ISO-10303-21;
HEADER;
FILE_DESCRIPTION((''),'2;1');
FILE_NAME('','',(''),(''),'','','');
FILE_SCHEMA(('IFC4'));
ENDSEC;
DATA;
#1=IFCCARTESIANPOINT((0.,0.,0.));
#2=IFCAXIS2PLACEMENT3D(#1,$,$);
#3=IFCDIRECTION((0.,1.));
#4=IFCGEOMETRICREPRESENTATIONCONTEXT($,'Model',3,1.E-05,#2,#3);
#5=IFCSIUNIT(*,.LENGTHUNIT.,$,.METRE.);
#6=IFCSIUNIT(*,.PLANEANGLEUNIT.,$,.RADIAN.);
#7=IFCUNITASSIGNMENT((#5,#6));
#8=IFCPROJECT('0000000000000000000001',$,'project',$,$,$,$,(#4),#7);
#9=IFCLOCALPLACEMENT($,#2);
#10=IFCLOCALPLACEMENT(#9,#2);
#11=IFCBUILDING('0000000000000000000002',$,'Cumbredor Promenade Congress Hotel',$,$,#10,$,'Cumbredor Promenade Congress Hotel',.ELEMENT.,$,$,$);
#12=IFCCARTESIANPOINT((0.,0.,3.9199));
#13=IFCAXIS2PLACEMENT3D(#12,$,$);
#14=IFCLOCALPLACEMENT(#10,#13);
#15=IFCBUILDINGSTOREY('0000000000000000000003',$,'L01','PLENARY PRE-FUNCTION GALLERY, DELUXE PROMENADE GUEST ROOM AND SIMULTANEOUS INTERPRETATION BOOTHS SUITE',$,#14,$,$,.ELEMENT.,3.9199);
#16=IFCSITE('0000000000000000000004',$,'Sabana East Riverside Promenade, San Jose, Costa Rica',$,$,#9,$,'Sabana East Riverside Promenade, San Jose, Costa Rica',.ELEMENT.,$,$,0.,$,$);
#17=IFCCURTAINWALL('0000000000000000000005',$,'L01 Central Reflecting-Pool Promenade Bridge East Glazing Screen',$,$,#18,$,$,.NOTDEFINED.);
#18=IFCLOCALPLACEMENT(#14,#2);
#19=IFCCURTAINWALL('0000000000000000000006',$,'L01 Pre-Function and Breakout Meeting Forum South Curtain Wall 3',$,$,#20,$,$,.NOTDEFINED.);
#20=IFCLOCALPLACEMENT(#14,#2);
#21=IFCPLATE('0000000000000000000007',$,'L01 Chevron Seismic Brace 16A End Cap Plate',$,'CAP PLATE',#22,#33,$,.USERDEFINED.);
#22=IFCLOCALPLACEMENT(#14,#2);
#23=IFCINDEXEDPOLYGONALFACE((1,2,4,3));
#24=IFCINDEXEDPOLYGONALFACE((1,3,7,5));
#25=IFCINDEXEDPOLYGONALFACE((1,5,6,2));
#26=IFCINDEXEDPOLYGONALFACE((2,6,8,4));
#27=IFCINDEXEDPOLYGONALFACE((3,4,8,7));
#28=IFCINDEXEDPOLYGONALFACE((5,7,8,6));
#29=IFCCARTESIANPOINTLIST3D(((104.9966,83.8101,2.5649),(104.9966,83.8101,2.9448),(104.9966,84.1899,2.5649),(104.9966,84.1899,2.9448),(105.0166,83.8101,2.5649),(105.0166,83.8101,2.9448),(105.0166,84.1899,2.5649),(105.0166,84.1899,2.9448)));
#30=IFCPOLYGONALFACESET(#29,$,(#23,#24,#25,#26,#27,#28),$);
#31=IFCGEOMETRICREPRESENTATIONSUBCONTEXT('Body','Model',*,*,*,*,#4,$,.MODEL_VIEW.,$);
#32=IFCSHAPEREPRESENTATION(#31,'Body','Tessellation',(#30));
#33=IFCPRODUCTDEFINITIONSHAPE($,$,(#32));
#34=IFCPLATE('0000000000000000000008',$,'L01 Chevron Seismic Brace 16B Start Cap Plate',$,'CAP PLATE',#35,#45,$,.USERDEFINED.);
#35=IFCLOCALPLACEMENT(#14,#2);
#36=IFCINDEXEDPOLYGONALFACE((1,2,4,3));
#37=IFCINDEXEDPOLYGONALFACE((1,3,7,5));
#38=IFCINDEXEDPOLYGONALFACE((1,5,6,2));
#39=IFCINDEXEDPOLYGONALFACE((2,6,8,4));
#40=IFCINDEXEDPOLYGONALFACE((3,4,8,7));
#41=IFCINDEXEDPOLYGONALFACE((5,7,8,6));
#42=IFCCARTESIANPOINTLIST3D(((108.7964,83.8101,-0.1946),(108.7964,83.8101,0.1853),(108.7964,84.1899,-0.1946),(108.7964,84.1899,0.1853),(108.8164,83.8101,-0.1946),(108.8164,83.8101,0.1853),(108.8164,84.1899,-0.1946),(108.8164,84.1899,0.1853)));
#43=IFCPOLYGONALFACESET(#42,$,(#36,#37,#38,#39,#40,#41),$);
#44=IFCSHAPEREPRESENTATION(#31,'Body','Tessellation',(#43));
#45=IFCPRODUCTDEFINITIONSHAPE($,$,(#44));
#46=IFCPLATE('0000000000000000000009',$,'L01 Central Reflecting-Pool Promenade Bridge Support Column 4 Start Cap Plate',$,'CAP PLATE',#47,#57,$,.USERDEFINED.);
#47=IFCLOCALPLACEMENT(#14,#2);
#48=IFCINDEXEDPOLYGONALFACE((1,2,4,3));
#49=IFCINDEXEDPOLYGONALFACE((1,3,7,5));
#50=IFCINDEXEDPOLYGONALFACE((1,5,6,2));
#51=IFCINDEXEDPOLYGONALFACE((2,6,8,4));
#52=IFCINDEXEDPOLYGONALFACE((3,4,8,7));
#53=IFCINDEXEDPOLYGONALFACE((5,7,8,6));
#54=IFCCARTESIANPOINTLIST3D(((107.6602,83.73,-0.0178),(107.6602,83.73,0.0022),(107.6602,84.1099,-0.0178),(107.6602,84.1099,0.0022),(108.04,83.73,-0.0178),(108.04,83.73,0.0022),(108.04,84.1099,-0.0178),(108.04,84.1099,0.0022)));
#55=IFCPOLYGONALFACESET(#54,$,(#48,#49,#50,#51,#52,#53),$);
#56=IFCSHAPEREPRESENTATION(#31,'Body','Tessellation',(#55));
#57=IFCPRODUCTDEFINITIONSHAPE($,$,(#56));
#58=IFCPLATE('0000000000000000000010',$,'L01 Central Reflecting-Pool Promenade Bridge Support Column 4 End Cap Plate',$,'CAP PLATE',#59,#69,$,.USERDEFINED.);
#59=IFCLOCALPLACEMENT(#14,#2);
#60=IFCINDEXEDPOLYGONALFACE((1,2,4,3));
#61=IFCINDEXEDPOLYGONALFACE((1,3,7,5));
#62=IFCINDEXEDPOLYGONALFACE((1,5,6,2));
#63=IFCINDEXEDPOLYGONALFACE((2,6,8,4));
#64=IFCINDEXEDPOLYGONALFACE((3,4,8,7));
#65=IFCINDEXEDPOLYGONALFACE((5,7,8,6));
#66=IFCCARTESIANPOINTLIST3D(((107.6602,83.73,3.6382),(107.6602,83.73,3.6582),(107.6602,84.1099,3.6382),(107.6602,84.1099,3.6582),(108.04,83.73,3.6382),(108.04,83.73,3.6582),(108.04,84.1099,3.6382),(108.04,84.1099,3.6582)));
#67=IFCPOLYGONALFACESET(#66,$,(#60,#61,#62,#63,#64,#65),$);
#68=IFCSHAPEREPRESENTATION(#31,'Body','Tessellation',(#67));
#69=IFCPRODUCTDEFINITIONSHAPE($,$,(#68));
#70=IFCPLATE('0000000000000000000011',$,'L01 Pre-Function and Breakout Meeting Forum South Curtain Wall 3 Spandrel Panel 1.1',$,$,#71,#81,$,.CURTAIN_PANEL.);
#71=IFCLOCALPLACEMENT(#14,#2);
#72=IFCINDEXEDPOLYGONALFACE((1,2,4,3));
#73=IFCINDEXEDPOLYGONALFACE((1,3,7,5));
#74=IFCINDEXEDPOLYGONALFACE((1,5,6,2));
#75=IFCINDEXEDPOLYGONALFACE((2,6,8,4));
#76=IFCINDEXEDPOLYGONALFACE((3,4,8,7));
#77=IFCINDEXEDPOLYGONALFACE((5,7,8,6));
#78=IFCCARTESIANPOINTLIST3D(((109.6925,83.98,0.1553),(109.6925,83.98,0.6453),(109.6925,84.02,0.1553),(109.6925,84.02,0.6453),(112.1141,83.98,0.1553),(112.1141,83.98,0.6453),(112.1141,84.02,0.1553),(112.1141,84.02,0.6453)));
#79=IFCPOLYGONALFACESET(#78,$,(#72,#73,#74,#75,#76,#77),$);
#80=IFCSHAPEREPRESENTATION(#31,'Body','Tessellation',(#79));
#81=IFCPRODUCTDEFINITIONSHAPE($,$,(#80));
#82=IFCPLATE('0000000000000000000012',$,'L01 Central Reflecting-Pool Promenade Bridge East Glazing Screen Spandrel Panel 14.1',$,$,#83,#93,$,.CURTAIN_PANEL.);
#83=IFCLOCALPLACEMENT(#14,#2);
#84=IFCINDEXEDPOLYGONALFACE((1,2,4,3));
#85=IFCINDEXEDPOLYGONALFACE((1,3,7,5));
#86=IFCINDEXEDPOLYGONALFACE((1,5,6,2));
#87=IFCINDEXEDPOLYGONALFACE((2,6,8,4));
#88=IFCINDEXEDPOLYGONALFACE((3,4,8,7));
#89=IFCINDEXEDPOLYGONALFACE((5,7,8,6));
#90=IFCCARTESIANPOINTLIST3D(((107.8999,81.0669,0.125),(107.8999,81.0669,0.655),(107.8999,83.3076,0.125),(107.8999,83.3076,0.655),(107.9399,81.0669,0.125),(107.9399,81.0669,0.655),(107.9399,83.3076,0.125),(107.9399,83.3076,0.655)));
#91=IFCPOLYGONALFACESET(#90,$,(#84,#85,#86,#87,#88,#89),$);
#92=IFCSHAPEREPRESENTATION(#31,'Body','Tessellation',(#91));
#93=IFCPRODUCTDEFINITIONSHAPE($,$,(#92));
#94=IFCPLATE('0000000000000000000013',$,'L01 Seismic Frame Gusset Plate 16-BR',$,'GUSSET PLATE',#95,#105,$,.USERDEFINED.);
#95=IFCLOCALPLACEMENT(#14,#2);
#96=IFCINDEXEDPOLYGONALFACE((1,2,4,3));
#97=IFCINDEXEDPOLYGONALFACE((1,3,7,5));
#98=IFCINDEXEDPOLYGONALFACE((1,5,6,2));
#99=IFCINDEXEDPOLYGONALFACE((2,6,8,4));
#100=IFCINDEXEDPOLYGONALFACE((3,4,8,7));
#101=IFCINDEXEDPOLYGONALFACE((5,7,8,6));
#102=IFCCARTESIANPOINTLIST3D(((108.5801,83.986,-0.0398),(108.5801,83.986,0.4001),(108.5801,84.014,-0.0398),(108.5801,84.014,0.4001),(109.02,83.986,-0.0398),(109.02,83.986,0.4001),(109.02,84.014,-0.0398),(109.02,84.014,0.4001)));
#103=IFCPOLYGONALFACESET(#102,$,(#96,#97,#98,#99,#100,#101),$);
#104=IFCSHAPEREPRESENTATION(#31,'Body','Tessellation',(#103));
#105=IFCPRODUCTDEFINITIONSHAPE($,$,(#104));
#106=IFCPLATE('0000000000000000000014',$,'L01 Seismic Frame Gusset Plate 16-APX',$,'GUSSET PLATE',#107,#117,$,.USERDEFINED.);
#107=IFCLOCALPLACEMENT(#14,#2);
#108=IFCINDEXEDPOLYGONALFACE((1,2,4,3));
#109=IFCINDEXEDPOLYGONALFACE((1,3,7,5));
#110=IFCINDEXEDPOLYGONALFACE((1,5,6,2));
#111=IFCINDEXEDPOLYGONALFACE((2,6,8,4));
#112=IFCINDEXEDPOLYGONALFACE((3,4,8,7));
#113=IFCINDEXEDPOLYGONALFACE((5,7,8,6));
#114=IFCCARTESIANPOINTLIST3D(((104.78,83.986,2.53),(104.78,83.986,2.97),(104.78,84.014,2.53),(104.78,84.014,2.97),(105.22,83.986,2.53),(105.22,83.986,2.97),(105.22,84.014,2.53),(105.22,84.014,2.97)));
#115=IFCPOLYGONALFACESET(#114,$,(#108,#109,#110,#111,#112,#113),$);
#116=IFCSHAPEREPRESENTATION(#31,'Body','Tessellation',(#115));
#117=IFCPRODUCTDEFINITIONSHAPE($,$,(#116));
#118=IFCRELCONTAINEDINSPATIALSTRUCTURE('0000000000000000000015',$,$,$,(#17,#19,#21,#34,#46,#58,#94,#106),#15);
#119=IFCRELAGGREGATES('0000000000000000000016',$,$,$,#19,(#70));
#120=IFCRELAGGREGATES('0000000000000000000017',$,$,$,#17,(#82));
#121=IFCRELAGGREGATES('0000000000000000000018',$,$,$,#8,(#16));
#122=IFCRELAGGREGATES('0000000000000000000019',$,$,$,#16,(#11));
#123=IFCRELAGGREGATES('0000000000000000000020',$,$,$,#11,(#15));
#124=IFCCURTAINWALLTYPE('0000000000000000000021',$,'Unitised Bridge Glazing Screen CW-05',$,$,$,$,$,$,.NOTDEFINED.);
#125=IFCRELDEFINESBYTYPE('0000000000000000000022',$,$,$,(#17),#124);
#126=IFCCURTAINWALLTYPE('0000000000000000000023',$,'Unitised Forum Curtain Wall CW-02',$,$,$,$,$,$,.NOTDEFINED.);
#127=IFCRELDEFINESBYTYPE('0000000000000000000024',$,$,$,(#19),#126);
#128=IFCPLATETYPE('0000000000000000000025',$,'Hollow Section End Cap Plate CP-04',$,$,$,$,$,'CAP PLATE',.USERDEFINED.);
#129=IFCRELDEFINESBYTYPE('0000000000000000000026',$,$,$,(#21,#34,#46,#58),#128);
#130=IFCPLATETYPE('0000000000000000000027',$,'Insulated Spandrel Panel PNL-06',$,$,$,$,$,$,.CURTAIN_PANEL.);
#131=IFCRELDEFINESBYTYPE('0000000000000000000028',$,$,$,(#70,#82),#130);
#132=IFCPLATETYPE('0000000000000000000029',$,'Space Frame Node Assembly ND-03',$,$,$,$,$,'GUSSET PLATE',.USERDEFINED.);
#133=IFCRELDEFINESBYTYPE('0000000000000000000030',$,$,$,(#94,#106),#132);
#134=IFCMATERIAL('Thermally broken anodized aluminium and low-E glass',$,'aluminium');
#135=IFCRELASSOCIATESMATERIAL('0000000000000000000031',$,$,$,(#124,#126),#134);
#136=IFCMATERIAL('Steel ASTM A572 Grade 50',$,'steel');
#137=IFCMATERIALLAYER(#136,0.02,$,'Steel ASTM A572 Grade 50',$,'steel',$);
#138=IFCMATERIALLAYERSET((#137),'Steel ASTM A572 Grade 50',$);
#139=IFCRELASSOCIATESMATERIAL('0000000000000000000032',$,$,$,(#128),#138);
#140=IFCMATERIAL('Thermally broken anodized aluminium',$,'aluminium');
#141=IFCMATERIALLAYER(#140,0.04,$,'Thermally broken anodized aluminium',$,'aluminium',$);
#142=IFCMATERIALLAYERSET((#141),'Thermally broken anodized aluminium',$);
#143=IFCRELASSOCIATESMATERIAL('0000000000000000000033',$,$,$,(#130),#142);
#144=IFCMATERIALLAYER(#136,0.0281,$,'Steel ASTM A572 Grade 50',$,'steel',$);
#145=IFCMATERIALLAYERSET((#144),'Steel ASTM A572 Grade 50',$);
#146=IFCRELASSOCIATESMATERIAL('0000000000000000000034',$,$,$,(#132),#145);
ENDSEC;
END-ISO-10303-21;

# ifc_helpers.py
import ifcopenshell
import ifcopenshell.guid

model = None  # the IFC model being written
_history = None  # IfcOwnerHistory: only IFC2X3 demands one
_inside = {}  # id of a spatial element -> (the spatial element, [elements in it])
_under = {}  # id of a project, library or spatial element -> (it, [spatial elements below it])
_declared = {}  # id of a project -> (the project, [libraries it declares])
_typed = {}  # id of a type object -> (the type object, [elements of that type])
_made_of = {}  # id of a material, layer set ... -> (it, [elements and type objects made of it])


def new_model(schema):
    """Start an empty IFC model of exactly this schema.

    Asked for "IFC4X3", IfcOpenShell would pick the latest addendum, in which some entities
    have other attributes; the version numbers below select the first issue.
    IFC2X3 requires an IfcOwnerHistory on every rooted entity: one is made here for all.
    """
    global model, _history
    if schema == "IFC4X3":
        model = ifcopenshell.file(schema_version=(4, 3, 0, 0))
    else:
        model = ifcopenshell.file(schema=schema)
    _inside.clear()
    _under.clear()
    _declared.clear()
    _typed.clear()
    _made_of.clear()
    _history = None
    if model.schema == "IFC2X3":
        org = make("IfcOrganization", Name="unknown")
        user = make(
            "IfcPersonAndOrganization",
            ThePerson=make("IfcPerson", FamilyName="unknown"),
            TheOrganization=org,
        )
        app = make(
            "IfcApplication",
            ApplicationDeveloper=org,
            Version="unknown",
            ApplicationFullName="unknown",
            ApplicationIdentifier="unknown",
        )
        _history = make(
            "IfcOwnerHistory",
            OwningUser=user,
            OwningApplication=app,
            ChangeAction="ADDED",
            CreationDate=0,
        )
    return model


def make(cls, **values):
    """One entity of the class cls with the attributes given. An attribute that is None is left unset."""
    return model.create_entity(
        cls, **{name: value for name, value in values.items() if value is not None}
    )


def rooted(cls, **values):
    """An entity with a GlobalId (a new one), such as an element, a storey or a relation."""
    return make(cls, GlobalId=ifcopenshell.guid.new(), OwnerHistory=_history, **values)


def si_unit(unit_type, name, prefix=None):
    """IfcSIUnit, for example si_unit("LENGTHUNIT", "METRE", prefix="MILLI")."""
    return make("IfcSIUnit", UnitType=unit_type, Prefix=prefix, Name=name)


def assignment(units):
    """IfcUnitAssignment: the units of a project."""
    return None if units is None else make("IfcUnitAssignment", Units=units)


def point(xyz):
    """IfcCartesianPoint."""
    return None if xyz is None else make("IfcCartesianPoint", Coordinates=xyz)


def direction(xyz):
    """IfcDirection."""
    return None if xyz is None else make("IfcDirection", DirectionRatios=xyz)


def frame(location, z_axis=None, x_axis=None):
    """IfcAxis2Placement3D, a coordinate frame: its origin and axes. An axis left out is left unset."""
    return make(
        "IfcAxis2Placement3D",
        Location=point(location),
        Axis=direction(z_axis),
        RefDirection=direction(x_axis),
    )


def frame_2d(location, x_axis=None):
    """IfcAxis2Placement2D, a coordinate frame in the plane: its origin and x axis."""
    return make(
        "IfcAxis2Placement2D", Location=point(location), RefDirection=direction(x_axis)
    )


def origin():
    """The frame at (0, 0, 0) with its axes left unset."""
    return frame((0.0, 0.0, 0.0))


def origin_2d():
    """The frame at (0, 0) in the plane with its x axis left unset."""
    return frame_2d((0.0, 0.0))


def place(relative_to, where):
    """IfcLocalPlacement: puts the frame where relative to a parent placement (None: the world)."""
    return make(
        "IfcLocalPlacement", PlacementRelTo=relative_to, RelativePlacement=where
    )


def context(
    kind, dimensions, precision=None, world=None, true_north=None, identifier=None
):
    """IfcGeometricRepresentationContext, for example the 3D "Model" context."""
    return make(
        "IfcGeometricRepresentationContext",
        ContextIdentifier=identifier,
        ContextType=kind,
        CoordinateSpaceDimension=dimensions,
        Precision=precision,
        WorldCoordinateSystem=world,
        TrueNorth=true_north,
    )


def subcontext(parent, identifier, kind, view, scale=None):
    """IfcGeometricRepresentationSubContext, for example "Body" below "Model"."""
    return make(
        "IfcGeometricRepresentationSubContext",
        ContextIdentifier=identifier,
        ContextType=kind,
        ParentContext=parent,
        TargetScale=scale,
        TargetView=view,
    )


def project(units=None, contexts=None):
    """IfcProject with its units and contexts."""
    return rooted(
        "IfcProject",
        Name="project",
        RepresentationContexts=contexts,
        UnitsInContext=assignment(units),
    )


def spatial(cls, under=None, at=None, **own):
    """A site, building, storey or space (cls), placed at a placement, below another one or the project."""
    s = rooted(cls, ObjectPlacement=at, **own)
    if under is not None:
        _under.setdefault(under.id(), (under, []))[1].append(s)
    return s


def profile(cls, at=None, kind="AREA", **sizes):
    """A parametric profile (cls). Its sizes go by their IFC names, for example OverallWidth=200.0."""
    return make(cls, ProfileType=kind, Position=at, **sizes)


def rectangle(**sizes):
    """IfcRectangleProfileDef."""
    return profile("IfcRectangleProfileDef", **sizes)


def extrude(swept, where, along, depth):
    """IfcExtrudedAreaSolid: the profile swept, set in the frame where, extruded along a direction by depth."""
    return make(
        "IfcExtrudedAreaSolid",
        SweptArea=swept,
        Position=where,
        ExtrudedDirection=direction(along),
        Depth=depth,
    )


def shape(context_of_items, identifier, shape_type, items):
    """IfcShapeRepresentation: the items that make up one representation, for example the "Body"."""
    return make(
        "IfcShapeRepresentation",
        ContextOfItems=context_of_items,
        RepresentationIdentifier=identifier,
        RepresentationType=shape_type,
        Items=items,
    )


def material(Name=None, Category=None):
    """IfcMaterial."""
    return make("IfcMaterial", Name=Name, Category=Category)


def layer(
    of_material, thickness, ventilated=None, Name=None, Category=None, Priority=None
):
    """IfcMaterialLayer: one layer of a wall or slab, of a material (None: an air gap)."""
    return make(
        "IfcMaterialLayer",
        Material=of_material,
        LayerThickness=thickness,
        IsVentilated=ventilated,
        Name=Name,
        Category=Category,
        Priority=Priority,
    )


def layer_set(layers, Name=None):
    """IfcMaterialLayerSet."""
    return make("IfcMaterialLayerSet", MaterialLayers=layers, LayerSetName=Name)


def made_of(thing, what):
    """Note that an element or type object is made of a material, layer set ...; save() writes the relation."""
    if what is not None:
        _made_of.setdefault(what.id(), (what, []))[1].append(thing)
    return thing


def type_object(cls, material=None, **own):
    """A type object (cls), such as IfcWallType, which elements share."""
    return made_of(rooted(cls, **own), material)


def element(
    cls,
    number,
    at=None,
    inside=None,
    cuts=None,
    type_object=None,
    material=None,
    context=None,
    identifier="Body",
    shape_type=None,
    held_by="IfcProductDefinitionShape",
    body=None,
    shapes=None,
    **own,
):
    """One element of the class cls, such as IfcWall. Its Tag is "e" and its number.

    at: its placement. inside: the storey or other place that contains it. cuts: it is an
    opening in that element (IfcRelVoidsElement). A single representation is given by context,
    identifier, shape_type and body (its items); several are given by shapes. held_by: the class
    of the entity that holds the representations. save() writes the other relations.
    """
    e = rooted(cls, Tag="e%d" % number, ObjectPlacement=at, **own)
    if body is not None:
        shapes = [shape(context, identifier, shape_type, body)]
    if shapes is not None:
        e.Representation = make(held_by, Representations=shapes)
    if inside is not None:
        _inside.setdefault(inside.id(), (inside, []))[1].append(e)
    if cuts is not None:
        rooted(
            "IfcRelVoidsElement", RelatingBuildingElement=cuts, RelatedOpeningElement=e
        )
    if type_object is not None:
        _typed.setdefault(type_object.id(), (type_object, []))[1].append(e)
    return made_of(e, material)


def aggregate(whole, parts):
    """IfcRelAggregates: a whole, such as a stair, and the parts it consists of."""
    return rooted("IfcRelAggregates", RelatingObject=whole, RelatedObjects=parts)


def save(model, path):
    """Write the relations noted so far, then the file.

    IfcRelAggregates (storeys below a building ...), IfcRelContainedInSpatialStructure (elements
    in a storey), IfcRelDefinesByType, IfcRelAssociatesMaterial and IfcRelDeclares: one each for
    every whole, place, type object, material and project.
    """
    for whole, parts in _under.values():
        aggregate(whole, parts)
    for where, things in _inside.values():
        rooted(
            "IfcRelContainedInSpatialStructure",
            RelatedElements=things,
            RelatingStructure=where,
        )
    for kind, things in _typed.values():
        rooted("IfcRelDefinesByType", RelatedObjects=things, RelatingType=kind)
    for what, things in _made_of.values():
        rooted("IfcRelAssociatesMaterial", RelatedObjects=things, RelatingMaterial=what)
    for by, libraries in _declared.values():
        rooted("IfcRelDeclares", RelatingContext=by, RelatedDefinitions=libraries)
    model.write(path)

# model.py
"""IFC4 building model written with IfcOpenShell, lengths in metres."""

from ifc_helpers import new_model, si_unit, direction, frame, origin, origin_2d, place, context, subcontext, project, spatial, rectangle, extrude, material, layer, layer_set, type_object, element, aggregate, save


model = new_model("IFC4")

# Units and contexts
model_context = context("Model", 3, precision=1e-05, world=origin(), true_north=direction((0.0, 1.0)))
body_context = subcontext(model_context, "Body", "Model", "MODEL_VIEW")
ifc_project = project(units=[si_unit("LENGTHUNIT", "METRE"), si_unit("PLANEANGLEUNIT", "RADIAN")], contexts=[model_context])

# Site, building, storey
site_placement = place(None, origin())
site = spatial("IfcSite", under=ifc_project, at=site_placement, Name="Sabana East Riverside Promenade, San Jose, Costa Rica", LongName="Sabana East Riverside Promenade, San Jose, Costa Rica", CompositionType="ELEMENT", RefElevation=0.0)
building_placement = place(site_placement, origin())
building = spatial("IfcBuilding", under=site, at=building_placement, Name="Cumbredor Promenade Congress Hotel", LongName="Cumbredor Promenade Congress Hotel", CompositionType="ELEMENT")
storey_placement = place(building_placement, frame((0.0, 0.0, 3.9199)))
storey = spatial("IfcBuildingStorey", under=building, at=storey_placement, Name="L01", Description="PLENARY PRE-FUNCTION GALLERY, DELUXE PROMENADE GUEST ROOM AND SIMULTANEOUS INTERPRETATION BOOTHS SUITE", CompositionType="ELEMENT", Elevation=3.9199)

# Curtain walls
ifc_material_1 = material(Name="Thermally broken anodized aluminium and low-E glass", Category="aluminium")
curtain_wall_type_1 = type_object("IfcCurtainWallType", Name="Unitised Bridge Glazing Screen CW-05", PredefinedType="NOTDEFINED", material=ifc_material_1)
curtain_wall_1_placement = place(storey_placement, origin())
curtain_wall_1 = element("IfcCurtainWall", 1, at=curtain_wall_1_placement, inside=storey, type_object=curtain_wall_type_1, Name="L01 Central Reflecting-Pool Promenade Bridge East Glazing Screen", PredefinedType="NOTDEFINED")
ifc_material_2 = material(Name="Thermally broken anodized aluminium", Category="aluminium")
curtain_wall_type_2 = type_object("IfcCurtainWallType", Name="Unitised Forum Curtain Wall CW-02", PredefinedType="NOTDEFINED", material=ifc_material_1)
curtain_wall_2_placement = place(storey_placement, origin())
curtain_wall_2 = element("IfcCurtainWall", 2, at=curtain_wall_2_placement, inside=storey, type_object=curtain_wall_type_2, Name="L01 Pre-Function and Breakout Meeting Forum South Curtain Wall 3", PredefinedType="NOTDEFINED")

# Plates
ifc_material_3 = material(Name="Steel ASTM A572 Grade 50", Category="steel")
ifc_layer_1 = layer(ifc_material_3, 0.02, Name="Steel ASTM A572 Grade 50", Category="steel")
ifc_layer_set_1 = layer_set([ifc_layer_1], Name="Steel ASTM A572 Grade 50")
plate_type_1 = type_object("IfcPlateType", Name="Hollow Section End Cap Plate CP-04", ElementType="CAP PLATE", PredefinedType="USERDEFINED", material=ifc_layer_set_1)
for number, where, z_axis, x_axis, name in (
    (3, (105.0066, 84.0, 2.5649), (0.0, 0.0, 1.0), (1.0, 0.0, 0.0), "L01 Chevron Seismic Brace 16A End Cap Plate"),
    (4, (108.8064, 84.0, -0.1946), (0.0, 0.0, 1.0), (-1.0, 0.0, 0.0), "L01 Chevron Seismic Brace 16B Start Cap Plate"),
):
    element("IfcPlate", number, at=place(storey_placement, frame(where, z_axis=z_axis, x_axis=x_axis)), inside=storey, type_object=plate_type_1, Name=name, ObjectType="CAP PLATE", PredefinedType="USERDEFINED", context=body_context, shape_type="SweptSolid", body=[
        extrude(rectangle(XDim=0.02, YDim=0.3799, at=origin_2d()), origin(), (0.0, 0.0, 1.0), 0.3799),
    ])
for number, where, z_axis, x_axis, name in (
    (5, (107.8501, 83.9199, -0.0178), (0.0, 0.0, 1.0), (1.0, 0.0, 0.0), "L01 Central Reflecting-Pool Promenade Bridge Support Column 4 Start Cap Plate"),
    (6, (107.8501, 83.9199, 3.6382), (0.0, 0.0, 1.0), (1.0, 0.0, 0.0), "L01 Central Reflecting-Pool Promenade Bridge Support Column 4 End Cap Plate"),
):
    element("IfcPlate", number, at=place(storey_placement, frame(where, z_axis=z_axis, x_axis=x_axis)), inside=storey, type_object=plate_type_1, Name=name, ObjectType="CAP PLATE", PredefinedType="USERDEFINED", context=body_context, shape_type="SweptSolid", body=[
        extrude(rectangle(XDim=0.3799, YDim=0.3799, at=origin_2d()), origin(), (0.0, 0.0, 1.0), 0.02),
    ])

# Plates
ifc_layer_2 = layer(ifc_material_2, 0.04, Name="Thermally broken anodized aluminium", Category="aluminium")
ifc_layer_set_2 = layer_set([ifc_layer_2], Name="Thermally broken anodized aluminium")
plate_type_2 = type_object("IfcPlateType", Name="Insulated Spandrel Panel PNL-06", PredefinedType="CURTAIN_PANEL", material=ifc_layer_set_2)
plate_1_placement = place(storey_placement, frame((110.9033, 84.0, 0.1553), z_axis=(0.0, 0.0, 1.0), x_axis=(1.0, 0.0, 0.0)))
plate_1 = element("IfcPlate", 7, at=plate_1_placement, type_object=plate_type_2, Name="L01 Pre-Function and Breakout Meeting Forum South Curtain Wall 3 Spandrel Panel 1.1", PredefinedType="CURTAIN_PANEL", context=body_context, shape_type="SweptSolid", body=[
    extrude(rectangle(XDim=2.4216, YDim=0.04, at=origin_2d()), origin(), (0.0, 0.0, 1.0), 0.49),
])
aggregate(curtain_wall_2, [plate_1])
plate_2_placement = place(storey_placement, frame((107.9199, 82.1873, 0.125), z_axis=(0.0, 0.0, 1.0), x_axis=(0.0, 1.0, 0.0)))
plate_2 = element("IfcPlate", 8, at=plate_2_placement, type_object=plate_type_2, Name="L01 Central Reflecting-Pool Promenade Bridge East Glazing Screen Spandrel Panel 14.1", PredefinedType="CURTAIN_PANEL", context=body_context, shape_type="SweptSolid", body=[
    extrude(rectangle(XDim=2.2407, YDim=0.04, at=origin_2d()), origin(), (0.0, 0.0, 1.0), 0.53),
])
aggregate(curtain_wall_1, [plate_2])

# Plates
ifc_layer_3 = layer(ifc_material_3, 0.0281, Name="Steel ASTM A572 Grade 50", Category="steel")
ifc_layer_set_3 = layer_set([ifc_layer_3], Name="Steel ASTM A572 Grade 50")
plate_type_3 = type_object("IfcPlateType", Name="Space Frame Node Assembly ND-03", ElementType="GUSSET PLATE", PredefinedType="USERDEFINED", material=ifc_layer_set_3)
for number, where, z_axis, x_axis, name in (
    (9, (108.8, 84.0, -0.0398), (0.0, 0.0, 1.0), (1.0, 0.0, 0.0), "L01 Seismic Frame Gusset Plate 16-BR"),
    (10, (105.0, 84.0, 2.53), (0.0, 0.0, 1.0), (1.0, 0.0, 0.0), "L01 Seismic Frame Gusset Plate 16-APX"),
):
    element("IfcPlate", number, at=place(storey_placement, frame(where, z_axis=z_axis, x_axis=x_axis)), inside=storey, type_object=plate_type_3, Name=name, ObjectType="GUSSET PLATE", PredefinedType="USERDEFINED", context=body_context, shape_type="SweptSolid", body=[
        extrude(rectangle(XDim=0.4399, YDim=0.0281, at=origin_2d()), origin(), (0.0, 0.0, 1.0), 0.4399),
    ])

save(model, "model.ifc")
